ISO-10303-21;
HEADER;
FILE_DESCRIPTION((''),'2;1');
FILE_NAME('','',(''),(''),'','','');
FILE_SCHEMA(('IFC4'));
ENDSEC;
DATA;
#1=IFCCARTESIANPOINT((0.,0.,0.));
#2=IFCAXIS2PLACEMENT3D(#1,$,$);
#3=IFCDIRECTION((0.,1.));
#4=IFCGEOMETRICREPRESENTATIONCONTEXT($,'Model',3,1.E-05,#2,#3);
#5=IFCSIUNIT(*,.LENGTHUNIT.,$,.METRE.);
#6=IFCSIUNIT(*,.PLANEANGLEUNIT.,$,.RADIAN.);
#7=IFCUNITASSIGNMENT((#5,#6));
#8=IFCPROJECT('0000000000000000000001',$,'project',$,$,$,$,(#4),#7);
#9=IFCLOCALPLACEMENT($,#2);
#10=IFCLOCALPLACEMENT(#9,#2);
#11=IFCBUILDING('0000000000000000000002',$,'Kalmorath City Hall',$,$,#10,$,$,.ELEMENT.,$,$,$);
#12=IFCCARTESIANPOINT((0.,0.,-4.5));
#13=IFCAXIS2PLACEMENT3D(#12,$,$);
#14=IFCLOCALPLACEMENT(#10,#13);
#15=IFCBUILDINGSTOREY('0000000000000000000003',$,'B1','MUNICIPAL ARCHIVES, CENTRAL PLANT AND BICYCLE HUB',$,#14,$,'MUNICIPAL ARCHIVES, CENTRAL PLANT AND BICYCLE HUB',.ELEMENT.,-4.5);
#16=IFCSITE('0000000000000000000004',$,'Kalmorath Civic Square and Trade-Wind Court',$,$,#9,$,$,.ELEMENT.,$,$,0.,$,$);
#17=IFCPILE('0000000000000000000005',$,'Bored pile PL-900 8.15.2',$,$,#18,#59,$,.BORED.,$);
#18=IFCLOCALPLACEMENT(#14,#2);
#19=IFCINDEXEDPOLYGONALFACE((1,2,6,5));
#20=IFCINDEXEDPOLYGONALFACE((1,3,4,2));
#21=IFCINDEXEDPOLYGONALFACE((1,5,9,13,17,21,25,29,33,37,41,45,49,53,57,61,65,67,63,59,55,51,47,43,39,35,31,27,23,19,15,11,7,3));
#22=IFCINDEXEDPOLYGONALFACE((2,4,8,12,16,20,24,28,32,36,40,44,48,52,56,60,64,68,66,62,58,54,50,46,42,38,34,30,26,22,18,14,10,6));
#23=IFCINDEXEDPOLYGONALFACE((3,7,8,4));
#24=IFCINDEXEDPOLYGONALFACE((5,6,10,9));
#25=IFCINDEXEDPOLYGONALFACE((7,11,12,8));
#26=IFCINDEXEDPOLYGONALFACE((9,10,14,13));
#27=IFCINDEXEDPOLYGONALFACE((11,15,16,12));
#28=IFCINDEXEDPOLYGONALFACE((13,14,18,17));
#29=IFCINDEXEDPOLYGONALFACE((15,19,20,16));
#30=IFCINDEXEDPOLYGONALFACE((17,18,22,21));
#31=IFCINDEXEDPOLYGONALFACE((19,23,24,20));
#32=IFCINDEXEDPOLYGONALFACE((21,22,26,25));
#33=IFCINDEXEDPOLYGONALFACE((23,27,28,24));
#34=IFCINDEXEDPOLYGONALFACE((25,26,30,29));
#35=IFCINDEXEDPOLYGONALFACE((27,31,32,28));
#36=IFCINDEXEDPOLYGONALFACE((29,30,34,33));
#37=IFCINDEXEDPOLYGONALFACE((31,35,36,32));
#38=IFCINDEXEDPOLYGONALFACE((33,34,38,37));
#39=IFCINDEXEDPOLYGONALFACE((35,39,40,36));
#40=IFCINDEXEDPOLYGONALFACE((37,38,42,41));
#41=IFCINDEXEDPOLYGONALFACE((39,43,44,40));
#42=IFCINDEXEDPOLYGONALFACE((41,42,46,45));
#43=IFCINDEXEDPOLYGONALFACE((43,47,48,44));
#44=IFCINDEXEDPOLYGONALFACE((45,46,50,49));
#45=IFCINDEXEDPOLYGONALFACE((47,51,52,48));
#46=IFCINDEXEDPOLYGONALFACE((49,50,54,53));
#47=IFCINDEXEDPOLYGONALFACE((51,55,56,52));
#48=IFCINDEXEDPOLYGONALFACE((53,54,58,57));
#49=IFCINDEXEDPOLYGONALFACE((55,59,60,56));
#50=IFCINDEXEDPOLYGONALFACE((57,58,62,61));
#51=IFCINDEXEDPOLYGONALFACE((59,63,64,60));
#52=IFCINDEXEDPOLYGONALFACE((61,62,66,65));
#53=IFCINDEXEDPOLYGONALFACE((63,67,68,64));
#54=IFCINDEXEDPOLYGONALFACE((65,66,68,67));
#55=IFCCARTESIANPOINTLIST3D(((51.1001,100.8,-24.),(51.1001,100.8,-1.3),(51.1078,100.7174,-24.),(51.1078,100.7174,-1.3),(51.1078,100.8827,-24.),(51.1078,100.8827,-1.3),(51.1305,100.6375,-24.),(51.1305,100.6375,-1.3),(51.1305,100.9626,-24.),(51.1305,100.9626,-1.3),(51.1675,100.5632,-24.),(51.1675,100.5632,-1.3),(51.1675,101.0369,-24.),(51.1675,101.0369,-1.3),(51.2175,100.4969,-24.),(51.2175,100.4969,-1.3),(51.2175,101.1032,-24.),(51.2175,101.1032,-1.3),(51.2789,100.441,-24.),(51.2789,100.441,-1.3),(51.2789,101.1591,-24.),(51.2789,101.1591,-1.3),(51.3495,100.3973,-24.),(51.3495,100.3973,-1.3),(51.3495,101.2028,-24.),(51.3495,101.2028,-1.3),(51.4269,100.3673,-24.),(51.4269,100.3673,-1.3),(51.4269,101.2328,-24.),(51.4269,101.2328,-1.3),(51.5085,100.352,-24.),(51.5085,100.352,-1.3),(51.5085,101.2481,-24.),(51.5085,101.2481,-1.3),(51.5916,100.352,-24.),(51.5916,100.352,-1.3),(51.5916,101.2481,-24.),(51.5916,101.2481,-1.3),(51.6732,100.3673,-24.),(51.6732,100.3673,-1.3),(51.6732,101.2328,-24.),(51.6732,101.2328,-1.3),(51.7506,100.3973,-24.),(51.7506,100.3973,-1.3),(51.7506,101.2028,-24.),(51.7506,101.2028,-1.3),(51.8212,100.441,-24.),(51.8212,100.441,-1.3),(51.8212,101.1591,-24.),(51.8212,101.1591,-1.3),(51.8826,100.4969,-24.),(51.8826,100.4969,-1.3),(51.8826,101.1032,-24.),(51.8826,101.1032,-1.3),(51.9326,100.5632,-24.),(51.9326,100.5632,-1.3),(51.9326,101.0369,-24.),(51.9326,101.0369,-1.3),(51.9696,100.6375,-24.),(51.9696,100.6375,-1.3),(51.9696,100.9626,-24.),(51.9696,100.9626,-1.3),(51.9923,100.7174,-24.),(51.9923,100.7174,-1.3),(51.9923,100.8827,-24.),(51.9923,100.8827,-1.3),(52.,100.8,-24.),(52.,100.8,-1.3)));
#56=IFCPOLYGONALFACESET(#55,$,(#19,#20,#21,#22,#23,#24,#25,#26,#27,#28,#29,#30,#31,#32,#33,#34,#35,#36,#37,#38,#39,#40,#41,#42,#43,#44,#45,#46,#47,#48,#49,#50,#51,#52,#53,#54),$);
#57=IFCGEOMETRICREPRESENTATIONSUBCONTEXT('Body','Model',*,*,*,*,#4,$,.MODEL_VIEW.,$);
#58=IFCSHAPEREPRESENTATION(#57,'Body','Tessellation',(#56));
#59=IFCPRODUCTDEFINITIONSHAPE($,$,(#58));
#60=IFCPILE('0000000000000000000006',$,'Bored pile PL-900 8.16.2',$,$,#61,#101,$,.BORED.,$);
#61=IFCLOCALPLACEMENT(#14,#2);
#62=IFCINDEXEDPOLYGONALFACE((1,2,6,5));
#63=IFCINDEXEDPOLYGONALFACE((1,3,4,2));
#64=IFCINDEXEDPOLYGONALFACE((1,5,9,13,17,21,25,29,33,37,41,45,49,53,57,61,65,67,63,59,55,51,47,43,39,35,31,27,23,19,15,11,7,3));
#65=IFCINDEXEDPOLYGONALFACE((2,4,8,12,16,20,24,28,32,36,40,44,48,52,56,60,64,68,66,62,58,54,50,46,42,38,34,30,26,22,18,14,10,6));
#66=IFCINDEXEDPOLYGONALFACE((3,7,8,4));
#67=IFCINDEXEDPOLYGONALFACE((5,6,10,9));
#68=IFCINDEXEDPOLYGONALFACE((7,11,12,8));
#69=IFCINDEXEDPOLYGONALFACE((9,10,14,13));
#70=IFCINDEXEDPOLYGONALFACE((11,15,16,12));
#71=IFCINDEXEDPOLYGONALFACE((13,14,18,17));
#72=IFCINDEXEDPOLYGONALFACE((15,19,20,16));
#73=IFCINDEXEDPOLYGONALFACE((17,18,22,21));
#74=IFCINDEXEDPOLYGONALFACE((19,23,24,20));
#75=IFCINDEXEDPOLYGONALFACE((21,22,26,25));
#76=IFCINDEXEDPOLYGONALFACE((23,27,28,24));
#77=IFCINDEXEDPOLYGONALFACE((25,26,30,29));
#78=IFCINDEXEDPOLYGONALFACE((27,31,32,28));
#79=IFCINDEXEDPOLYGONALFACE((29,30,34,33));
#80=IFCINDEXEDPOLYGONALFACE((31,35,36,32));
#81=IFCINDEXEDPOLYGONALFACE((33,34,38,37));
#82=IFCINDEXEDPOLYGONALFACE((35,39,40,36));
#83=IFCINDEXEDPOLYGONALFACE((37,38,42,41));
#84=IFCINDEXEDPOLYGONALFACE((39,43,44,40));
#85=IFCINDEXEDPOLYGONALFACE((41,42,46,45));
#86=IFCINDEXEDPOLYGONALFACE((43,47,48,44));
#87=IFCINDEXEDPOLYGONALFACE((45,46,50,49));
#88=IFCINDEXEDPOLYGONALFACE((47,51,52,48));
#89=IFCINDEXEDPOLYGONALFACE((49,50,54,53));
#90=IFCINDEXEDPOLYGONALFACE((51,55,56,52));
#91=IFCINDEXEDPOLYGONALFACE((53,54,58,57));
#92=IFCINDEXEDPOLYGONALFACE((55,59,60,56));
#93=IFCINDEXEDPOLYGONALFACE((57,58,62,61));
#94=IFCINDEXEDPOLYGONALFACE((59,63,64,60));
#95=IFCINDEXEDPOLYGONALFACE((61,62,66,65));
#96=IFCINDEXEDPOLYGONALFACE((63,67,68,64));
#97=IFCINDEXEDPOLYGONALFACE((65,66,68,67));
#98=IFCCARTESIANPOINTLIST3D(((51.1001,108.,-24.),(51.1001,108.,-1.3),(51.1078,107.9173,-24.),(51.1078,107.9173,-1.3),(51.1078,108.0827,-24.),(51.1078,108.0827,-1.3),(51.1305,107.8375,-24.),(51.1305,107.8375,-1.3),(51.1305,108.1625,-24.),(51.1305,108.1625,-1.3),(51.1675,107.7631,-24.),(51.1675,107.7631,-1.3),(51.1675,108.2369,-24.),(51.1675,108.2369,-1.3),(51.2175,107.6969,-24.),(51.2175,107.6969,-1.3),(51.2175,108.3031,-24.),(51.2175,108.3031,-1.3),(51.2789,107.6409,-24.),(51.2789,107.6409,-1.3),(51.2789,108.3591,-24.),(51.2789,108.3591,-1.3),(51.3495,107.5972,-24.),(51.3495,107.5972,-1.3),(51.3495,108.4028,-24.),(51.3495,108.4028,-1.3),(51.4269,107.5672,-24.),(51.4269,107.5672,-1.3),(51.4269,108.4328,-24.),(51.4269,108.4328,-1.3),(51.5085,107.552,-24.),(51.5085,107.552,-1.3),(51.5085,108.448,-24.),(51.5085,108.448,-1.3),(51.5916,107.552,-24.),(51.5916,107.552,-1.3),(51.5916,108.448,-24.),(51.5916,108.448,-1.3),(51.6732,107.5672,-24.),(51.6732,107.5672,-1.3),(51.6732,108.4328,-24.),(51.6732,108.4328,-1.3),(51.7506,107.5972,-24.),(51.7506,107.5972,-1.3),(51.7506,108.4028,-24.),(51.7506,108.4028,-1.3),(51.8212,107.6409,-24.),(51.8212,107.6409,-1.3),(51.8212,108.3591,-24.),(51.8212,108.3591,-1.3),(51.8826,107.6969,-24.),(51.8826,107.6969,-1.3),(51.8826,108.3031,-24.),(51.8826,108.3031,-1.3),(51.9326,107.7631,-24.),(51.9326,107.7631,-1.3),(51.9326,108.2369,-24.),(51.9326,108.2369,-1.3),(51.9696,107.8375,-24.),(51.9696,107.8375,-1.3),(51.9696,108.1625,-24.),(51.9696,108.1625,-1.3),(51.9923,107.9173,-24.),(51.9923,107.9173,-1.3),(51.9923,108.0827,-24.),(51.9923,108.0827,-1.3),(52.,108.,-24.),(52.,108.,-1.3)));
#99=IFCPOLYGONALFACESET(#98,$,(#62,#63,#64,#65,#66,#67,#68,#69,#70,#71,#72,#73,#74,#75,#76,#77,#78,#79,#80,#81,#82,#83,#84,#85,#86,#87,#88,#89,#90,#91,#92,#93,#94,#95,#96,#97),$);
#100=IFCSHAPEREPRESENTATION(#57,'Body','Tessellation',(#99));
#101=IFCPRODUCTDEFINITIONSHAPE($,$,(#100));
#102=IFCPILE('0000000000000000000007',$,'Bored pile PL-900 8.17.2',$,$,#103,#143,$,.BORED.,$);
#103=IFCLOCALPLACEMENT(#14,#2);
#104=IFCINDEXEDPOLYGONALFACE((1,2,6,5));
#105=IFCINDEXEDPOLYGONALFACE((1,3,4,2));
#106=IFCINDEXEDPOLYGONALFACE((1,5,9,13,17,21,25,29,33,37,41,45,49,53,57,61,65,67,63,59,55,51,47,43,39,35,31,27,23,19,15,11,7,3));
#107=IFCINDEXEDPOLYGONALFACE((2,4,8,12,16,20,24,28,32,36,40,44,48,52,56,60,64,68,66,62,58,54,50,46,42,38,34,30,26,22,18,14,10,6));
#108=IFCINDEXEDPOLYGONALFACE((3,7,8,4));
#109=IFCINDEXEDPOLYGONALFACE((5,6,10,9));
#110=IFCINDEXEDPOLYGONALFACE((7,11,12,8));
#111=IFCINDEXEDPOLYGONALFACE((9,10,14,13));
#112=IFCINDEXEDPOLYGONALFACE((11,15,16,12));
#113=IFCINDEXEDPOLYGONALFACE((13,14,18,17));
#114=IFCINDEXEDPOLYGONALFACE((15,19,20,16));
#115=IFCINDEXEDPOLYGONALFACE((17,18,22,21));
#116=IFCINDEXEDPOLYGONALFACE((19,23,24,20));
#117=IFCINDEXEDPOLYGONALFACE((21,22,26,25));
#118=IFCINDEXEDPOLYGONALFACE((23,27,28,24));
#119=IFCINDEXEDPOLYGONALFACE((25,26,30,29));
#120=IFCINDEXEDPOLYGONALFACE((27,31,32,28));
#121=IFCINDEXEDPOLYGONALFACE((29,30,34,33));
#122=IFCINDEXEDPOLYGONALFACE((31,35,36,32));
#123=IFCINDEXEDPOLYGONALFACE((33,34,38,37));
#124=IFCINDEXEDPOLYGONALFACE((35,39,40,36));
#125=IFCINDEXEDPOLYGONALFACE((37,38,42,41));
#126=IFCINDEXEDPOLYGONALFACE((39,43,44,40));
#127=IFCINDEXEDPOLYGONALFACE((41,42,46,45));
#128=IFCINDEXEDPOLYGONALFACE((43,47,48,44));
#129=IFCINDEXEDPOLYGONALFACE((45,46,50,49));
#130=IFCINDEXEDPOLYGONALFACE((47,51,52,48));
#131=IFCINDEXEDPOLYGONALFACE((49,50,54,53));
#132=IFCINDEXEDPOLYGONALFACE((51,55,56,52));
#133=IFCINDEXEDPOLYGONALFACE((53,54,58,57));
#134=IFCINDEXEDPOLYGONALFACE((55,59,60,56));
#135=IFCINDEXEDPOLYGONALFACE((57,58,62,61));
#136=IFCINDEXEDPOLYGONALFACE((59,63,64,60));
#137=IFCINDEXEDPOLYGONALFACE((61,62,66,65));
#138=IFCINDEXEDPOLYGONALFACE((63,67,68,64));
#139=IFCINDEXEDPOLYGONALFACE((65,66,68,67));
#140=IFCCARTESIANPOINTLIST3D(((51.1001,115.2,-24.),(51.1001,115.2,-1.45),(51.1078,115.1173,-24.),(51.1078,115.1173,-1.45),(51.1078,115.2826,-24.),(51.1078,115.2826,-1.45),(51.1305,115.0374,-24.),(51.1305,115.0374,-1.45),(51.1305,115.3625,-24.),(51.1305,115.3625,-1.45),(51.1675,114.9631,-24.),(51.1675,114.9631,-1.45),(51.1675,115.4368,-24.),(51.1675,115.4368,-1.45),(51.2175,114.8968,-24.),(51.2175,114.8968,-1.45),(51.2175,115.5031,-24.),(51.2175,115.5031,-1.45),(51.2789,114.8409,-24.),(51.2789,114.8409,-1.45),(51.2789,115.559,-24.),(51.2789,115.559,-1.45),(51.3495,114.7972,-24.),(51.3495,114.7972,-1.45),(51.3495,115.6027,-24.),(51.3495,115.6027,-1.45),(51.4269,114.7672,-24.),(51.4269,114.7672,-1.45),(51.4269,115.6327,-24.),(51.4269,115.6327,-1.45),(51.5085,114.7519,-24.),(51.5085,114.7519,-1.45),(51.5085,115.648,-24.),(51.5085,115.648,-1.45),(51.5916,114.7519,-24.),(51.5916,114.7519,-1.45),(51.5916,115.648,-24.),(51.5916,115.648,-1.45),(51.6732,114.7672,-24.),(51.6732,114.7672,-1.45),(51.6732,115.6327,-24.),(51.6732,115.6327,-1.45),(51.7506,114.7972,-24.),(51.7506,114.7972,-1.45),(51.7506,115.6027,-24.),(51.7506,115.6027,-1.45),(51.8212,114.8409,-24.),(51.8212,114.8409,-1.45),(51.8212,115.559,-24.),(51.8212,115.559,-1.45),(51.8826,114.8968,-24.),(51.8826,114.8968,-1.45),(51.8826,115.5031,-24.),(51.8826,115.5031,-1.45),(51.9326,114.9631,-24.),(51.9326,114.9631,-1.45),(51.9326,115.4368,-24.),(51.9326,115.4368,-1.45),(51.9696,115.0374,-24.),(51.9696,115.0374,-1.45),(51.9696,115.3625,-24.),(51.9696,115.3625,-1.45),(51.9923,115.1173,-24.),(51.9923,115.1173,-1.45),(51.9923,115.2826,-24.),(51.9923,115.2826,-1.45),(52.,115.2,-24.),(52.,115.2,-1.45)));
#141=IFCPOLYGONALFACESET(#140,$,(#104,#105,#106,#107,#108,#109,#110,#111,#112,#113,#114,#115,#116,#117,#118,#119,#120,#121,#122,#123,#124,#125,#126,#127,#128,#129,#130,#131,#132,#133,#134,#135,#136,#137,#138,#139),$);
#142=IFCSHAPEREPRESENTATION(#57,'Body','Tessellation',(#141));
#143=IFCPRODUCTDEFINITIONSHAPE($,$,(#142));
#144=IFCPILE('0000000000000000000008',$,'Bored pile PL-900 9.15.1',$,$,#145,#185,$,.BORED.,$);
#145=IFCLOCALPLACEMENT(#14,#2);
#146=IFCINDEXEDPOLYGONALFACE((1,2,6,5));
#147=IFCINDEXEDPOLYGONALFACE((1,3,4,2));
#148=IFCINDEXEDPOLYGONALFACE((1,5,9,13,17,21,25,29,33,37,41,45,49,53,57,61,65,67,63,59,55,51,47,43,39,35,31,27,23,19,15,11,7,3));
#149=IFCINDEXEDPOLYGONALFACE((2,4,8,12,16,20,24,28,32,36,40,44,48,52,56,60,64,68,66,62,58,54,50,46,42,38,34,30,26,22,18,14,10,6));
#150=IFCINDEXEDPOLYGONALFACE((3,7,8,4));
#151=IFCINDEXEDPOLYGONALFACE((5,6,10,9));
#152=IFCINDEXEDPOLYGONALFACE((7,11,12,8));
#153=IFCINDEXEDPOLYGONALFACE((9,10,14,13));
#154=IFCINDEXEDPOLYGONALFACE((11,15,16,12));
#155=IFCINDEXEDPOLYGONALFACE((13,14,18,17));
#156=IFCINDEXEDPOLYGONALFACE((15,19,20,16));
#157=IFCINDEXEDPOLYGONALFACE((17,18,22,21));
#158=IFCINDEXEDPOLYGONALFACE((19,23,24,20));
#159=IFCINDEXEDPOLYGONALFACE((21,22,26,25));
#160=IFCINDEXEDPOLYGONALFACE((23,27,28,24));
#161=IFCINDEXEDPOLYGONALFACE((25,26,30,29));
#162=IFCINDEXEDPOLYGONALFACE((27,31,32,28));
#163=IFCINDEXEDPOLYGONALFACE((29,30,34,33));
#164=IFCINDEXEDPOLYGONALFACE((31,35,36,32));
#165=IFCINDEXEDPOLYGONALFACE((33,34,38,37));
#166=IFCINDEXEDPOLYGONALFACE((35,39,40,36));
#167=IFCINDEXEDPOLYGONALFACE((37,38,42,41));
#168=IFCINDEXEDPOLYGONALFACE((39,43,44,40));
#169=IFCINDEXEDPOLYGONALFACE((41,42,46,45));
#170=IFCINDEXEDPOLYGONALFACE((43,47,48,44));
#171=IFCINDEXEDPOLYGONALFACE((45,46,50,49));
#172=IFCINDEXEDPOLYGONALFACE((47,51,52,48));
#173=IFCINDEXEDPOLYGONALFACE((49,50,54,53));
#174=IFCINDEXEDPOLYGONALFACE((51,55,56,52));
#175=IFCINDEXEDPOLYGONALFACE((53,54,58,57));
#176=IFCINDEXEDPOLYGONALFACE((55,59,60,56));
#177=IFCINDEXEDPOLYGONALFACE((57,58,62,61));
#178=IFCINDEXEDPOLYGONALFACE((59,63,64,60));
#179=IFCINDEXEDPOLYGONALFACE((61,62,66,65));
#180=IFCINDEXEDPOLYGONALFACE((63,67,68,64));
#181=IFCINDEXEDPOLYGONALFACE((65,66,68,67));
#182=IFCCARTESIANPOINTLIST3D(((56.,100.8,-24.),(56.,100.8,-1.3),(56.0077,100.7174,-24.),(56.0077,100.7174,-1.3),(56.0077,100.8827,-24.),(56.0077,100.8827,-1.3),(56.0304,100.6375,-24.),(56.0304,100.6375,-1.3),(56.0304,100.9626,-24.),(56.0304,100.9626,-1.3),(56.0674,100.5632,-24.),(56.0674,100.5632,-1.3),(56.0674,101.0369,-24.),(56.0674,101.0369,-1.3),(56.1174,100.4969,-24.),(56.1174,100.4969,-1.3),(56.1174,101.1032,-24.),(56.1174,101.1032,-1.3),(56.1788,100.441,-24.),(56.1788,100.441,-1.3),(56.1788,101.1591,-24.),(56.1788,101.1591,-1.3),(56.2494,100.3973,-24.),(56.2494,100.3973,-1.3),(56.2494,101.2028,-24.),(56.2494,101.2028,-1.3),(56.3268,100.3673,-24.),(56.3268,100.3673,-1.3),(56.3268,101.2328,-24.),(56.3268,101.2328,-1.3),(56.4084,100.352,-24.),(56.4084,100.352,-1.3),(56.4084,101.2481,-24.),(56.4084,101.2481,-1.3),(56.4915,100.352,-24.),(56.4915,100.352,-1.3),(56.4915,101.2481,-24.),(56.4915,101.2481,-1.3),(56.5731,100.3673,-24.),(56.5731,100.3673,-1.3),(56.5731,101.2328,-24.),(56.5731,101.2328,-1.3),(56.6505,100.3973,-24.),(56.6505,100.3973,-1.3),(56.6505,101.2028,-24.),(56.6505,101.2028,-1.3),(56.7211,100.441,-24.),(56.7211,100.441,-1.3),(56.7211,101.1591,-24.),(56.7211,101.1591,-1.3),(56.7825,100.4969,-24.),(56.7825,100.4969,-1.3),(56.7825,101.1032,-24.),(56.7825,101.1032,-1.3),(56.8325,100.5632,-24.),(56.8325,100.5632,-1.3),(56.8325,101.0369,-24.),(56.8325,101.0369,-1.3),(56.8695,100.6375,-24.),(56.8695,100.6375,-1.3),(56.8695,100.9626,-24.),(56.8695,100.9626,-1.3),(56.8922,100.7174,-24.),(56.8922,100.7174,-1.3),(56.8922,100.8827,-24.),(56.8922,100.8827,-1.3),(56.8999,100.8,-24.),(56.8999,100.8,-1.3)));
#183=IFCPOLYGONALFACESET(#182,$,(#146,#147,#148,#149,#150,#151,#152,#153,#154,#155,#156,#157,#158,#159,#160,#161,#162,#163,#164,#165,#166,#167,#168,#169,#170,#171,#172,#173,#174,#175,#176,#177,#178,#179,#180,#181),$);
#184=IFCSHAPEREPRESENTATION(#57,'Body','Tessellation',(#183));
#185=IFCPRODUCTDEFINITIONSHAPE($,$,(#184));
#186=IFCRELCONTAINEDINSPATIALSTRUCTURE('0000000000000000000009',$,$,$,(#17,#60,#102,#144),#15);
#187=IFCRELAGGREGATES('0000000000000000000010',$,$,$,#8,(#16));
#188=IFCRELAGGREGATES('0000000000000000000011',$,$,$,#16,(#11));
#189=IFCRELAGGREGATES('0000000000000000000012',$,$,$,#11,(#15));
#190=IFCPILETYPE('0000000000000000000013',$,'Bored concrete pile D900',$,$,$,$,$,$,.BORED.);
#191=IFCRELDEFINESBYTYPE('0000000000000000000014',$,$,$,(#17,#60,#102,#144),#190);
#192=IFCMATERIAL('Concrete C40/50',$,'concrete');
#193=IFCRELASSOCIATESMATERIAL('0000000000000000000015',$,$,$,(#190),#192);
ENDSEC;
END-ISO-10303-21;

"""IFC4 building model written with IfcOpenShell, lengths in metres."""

from ifc_helpers import new_model, si_unit, direction, frame, origin, origin_2d, place, context, subcontext, project, spatial, circle, extrude, material, material_profile, profile_set, type_object, element, save


model = new_model("IFC4")

# Units and contexts
model_context = context("Model", 3, precision=1e-05, world=origin(), true_north=direction((0.0, 1.0)))
body_context = subcontext(model_context, "Body", "Model", "MODEL_VIEW")
ifc_project = project(units=[si_unit("LENGTHUNIT", "METRE"), si_unit("PLANEANGLEUNIT", "RADIAN")], contexts=[model_context])

# Site, building, storey
site_placement = place(None, origin())
site = spatial("IfcSite", under=ifc_project, at=site_placement, Name="Kalmorath Civic Square and Trade-Wind Court", CompositionType="ELEMENT", RefElevation=0.0)
building_placement = place(site_placement, origin())
building = spatial("IfcBuilding", under=site, at=building_placement, Name="Kalmorath City Hall", CompositionType="ELEMENT")
storey_placement = place(building_placement, frame((0.0, 0.0, -4.5)))
storey = spatial("IfcBuildingStorey", under=building, at=storey_placement, Name="B1", Description="MUNICIPAL ARCHIVES, CENTRAL PLANT AND BICYCLE HUB", LongName="MUNICIPAL ARCHIVES, CENTRAL PLANT AND BICYCLE HUB", CompositionType="ELEMENT", Elevation=-4.5)

# Piles
ifc_material_1 = material(Name="Concrete C40/50", Category="concrete")
ifc_material_profile_1 = material_profile(ifc_material_1, circle(Radius=0.45, at=origin_2d()), Name="PILE-D900")
ifc_profile_set_1 = profile_set([ifc_material_profile_1], Name="Concrete C40/50")
pile_type = type_object("IfcPileType", Name="Bored concrete pile D900", PredefinedType="BORED", material=ifc_profile_set_1)
for number, where, z_axis, x_axis, name in (
    (1, (51.55, 100.8, -1.3), (0.0, 0.0, -1.0), (1.0, 0.0, 0.0), "Bored pile PL-900 8.15.2"),
    (2, (51.55, 108.0, -1.3), (0.0, 0.0, -1.0), (1.0, 0.0, 0.0), "Bored pile PL-900 8.16.2"),
):
    element("IfcPile", number, at=place(storey_placement, frame(where, z_axis=z_axis, x_axis=x_axis)), inside=storey, type_object=pile_type, Name=name, PredefinedType="BORED", context=body_context, shape_type="SweptSolid", body=[
        extrude(circle(Radius=0.45, at=origin_2d()), origin(), (0.0, 0.0, 1.0), 22.7),
    ])
pile_1_placement = place(storey_placement, frame((51.55, 115.2, -1.45), z_axis=(0.0, 0.0, -1.0), x_axis=(1.0, 0.0, 0.0)))
element("IfcPile", 3, at=pile_1_placement, inside=storey, type_object=pile_type, Name="Bored pile PL-900 8.17.2", PredefinedType="BORED", context=body_context, shape_type="SweptSolid", body=[
    extrude(circle(Radius=0.45, at=origin_2d()), origin(), (0.0, 0.0, 1.0), 22.55),
])
for number, where, z_axis, x_axis, name in (
    (4, (56.45, 100.8, -1.3), (0.0, 0.0, -1.0), (1.0, 0.0, 0.0), "Bored pile PL-900 9.15.1"),
):
    element("IfcPile", number, at=place(storey_placement, frame(where, z_axis=z_axis, x_axis=x_axis)), inside=storey, type_object=pile_type, Name=name, PredefinedType="BORED", context=body_context, shape_type="SweptSolid", body=[
        extrude(circle(Radius=0.45, at=origin_2d()), origin(), (0.0, 0.0, 1.0), 22.7),
    ])

save(model, "model.ifc")
